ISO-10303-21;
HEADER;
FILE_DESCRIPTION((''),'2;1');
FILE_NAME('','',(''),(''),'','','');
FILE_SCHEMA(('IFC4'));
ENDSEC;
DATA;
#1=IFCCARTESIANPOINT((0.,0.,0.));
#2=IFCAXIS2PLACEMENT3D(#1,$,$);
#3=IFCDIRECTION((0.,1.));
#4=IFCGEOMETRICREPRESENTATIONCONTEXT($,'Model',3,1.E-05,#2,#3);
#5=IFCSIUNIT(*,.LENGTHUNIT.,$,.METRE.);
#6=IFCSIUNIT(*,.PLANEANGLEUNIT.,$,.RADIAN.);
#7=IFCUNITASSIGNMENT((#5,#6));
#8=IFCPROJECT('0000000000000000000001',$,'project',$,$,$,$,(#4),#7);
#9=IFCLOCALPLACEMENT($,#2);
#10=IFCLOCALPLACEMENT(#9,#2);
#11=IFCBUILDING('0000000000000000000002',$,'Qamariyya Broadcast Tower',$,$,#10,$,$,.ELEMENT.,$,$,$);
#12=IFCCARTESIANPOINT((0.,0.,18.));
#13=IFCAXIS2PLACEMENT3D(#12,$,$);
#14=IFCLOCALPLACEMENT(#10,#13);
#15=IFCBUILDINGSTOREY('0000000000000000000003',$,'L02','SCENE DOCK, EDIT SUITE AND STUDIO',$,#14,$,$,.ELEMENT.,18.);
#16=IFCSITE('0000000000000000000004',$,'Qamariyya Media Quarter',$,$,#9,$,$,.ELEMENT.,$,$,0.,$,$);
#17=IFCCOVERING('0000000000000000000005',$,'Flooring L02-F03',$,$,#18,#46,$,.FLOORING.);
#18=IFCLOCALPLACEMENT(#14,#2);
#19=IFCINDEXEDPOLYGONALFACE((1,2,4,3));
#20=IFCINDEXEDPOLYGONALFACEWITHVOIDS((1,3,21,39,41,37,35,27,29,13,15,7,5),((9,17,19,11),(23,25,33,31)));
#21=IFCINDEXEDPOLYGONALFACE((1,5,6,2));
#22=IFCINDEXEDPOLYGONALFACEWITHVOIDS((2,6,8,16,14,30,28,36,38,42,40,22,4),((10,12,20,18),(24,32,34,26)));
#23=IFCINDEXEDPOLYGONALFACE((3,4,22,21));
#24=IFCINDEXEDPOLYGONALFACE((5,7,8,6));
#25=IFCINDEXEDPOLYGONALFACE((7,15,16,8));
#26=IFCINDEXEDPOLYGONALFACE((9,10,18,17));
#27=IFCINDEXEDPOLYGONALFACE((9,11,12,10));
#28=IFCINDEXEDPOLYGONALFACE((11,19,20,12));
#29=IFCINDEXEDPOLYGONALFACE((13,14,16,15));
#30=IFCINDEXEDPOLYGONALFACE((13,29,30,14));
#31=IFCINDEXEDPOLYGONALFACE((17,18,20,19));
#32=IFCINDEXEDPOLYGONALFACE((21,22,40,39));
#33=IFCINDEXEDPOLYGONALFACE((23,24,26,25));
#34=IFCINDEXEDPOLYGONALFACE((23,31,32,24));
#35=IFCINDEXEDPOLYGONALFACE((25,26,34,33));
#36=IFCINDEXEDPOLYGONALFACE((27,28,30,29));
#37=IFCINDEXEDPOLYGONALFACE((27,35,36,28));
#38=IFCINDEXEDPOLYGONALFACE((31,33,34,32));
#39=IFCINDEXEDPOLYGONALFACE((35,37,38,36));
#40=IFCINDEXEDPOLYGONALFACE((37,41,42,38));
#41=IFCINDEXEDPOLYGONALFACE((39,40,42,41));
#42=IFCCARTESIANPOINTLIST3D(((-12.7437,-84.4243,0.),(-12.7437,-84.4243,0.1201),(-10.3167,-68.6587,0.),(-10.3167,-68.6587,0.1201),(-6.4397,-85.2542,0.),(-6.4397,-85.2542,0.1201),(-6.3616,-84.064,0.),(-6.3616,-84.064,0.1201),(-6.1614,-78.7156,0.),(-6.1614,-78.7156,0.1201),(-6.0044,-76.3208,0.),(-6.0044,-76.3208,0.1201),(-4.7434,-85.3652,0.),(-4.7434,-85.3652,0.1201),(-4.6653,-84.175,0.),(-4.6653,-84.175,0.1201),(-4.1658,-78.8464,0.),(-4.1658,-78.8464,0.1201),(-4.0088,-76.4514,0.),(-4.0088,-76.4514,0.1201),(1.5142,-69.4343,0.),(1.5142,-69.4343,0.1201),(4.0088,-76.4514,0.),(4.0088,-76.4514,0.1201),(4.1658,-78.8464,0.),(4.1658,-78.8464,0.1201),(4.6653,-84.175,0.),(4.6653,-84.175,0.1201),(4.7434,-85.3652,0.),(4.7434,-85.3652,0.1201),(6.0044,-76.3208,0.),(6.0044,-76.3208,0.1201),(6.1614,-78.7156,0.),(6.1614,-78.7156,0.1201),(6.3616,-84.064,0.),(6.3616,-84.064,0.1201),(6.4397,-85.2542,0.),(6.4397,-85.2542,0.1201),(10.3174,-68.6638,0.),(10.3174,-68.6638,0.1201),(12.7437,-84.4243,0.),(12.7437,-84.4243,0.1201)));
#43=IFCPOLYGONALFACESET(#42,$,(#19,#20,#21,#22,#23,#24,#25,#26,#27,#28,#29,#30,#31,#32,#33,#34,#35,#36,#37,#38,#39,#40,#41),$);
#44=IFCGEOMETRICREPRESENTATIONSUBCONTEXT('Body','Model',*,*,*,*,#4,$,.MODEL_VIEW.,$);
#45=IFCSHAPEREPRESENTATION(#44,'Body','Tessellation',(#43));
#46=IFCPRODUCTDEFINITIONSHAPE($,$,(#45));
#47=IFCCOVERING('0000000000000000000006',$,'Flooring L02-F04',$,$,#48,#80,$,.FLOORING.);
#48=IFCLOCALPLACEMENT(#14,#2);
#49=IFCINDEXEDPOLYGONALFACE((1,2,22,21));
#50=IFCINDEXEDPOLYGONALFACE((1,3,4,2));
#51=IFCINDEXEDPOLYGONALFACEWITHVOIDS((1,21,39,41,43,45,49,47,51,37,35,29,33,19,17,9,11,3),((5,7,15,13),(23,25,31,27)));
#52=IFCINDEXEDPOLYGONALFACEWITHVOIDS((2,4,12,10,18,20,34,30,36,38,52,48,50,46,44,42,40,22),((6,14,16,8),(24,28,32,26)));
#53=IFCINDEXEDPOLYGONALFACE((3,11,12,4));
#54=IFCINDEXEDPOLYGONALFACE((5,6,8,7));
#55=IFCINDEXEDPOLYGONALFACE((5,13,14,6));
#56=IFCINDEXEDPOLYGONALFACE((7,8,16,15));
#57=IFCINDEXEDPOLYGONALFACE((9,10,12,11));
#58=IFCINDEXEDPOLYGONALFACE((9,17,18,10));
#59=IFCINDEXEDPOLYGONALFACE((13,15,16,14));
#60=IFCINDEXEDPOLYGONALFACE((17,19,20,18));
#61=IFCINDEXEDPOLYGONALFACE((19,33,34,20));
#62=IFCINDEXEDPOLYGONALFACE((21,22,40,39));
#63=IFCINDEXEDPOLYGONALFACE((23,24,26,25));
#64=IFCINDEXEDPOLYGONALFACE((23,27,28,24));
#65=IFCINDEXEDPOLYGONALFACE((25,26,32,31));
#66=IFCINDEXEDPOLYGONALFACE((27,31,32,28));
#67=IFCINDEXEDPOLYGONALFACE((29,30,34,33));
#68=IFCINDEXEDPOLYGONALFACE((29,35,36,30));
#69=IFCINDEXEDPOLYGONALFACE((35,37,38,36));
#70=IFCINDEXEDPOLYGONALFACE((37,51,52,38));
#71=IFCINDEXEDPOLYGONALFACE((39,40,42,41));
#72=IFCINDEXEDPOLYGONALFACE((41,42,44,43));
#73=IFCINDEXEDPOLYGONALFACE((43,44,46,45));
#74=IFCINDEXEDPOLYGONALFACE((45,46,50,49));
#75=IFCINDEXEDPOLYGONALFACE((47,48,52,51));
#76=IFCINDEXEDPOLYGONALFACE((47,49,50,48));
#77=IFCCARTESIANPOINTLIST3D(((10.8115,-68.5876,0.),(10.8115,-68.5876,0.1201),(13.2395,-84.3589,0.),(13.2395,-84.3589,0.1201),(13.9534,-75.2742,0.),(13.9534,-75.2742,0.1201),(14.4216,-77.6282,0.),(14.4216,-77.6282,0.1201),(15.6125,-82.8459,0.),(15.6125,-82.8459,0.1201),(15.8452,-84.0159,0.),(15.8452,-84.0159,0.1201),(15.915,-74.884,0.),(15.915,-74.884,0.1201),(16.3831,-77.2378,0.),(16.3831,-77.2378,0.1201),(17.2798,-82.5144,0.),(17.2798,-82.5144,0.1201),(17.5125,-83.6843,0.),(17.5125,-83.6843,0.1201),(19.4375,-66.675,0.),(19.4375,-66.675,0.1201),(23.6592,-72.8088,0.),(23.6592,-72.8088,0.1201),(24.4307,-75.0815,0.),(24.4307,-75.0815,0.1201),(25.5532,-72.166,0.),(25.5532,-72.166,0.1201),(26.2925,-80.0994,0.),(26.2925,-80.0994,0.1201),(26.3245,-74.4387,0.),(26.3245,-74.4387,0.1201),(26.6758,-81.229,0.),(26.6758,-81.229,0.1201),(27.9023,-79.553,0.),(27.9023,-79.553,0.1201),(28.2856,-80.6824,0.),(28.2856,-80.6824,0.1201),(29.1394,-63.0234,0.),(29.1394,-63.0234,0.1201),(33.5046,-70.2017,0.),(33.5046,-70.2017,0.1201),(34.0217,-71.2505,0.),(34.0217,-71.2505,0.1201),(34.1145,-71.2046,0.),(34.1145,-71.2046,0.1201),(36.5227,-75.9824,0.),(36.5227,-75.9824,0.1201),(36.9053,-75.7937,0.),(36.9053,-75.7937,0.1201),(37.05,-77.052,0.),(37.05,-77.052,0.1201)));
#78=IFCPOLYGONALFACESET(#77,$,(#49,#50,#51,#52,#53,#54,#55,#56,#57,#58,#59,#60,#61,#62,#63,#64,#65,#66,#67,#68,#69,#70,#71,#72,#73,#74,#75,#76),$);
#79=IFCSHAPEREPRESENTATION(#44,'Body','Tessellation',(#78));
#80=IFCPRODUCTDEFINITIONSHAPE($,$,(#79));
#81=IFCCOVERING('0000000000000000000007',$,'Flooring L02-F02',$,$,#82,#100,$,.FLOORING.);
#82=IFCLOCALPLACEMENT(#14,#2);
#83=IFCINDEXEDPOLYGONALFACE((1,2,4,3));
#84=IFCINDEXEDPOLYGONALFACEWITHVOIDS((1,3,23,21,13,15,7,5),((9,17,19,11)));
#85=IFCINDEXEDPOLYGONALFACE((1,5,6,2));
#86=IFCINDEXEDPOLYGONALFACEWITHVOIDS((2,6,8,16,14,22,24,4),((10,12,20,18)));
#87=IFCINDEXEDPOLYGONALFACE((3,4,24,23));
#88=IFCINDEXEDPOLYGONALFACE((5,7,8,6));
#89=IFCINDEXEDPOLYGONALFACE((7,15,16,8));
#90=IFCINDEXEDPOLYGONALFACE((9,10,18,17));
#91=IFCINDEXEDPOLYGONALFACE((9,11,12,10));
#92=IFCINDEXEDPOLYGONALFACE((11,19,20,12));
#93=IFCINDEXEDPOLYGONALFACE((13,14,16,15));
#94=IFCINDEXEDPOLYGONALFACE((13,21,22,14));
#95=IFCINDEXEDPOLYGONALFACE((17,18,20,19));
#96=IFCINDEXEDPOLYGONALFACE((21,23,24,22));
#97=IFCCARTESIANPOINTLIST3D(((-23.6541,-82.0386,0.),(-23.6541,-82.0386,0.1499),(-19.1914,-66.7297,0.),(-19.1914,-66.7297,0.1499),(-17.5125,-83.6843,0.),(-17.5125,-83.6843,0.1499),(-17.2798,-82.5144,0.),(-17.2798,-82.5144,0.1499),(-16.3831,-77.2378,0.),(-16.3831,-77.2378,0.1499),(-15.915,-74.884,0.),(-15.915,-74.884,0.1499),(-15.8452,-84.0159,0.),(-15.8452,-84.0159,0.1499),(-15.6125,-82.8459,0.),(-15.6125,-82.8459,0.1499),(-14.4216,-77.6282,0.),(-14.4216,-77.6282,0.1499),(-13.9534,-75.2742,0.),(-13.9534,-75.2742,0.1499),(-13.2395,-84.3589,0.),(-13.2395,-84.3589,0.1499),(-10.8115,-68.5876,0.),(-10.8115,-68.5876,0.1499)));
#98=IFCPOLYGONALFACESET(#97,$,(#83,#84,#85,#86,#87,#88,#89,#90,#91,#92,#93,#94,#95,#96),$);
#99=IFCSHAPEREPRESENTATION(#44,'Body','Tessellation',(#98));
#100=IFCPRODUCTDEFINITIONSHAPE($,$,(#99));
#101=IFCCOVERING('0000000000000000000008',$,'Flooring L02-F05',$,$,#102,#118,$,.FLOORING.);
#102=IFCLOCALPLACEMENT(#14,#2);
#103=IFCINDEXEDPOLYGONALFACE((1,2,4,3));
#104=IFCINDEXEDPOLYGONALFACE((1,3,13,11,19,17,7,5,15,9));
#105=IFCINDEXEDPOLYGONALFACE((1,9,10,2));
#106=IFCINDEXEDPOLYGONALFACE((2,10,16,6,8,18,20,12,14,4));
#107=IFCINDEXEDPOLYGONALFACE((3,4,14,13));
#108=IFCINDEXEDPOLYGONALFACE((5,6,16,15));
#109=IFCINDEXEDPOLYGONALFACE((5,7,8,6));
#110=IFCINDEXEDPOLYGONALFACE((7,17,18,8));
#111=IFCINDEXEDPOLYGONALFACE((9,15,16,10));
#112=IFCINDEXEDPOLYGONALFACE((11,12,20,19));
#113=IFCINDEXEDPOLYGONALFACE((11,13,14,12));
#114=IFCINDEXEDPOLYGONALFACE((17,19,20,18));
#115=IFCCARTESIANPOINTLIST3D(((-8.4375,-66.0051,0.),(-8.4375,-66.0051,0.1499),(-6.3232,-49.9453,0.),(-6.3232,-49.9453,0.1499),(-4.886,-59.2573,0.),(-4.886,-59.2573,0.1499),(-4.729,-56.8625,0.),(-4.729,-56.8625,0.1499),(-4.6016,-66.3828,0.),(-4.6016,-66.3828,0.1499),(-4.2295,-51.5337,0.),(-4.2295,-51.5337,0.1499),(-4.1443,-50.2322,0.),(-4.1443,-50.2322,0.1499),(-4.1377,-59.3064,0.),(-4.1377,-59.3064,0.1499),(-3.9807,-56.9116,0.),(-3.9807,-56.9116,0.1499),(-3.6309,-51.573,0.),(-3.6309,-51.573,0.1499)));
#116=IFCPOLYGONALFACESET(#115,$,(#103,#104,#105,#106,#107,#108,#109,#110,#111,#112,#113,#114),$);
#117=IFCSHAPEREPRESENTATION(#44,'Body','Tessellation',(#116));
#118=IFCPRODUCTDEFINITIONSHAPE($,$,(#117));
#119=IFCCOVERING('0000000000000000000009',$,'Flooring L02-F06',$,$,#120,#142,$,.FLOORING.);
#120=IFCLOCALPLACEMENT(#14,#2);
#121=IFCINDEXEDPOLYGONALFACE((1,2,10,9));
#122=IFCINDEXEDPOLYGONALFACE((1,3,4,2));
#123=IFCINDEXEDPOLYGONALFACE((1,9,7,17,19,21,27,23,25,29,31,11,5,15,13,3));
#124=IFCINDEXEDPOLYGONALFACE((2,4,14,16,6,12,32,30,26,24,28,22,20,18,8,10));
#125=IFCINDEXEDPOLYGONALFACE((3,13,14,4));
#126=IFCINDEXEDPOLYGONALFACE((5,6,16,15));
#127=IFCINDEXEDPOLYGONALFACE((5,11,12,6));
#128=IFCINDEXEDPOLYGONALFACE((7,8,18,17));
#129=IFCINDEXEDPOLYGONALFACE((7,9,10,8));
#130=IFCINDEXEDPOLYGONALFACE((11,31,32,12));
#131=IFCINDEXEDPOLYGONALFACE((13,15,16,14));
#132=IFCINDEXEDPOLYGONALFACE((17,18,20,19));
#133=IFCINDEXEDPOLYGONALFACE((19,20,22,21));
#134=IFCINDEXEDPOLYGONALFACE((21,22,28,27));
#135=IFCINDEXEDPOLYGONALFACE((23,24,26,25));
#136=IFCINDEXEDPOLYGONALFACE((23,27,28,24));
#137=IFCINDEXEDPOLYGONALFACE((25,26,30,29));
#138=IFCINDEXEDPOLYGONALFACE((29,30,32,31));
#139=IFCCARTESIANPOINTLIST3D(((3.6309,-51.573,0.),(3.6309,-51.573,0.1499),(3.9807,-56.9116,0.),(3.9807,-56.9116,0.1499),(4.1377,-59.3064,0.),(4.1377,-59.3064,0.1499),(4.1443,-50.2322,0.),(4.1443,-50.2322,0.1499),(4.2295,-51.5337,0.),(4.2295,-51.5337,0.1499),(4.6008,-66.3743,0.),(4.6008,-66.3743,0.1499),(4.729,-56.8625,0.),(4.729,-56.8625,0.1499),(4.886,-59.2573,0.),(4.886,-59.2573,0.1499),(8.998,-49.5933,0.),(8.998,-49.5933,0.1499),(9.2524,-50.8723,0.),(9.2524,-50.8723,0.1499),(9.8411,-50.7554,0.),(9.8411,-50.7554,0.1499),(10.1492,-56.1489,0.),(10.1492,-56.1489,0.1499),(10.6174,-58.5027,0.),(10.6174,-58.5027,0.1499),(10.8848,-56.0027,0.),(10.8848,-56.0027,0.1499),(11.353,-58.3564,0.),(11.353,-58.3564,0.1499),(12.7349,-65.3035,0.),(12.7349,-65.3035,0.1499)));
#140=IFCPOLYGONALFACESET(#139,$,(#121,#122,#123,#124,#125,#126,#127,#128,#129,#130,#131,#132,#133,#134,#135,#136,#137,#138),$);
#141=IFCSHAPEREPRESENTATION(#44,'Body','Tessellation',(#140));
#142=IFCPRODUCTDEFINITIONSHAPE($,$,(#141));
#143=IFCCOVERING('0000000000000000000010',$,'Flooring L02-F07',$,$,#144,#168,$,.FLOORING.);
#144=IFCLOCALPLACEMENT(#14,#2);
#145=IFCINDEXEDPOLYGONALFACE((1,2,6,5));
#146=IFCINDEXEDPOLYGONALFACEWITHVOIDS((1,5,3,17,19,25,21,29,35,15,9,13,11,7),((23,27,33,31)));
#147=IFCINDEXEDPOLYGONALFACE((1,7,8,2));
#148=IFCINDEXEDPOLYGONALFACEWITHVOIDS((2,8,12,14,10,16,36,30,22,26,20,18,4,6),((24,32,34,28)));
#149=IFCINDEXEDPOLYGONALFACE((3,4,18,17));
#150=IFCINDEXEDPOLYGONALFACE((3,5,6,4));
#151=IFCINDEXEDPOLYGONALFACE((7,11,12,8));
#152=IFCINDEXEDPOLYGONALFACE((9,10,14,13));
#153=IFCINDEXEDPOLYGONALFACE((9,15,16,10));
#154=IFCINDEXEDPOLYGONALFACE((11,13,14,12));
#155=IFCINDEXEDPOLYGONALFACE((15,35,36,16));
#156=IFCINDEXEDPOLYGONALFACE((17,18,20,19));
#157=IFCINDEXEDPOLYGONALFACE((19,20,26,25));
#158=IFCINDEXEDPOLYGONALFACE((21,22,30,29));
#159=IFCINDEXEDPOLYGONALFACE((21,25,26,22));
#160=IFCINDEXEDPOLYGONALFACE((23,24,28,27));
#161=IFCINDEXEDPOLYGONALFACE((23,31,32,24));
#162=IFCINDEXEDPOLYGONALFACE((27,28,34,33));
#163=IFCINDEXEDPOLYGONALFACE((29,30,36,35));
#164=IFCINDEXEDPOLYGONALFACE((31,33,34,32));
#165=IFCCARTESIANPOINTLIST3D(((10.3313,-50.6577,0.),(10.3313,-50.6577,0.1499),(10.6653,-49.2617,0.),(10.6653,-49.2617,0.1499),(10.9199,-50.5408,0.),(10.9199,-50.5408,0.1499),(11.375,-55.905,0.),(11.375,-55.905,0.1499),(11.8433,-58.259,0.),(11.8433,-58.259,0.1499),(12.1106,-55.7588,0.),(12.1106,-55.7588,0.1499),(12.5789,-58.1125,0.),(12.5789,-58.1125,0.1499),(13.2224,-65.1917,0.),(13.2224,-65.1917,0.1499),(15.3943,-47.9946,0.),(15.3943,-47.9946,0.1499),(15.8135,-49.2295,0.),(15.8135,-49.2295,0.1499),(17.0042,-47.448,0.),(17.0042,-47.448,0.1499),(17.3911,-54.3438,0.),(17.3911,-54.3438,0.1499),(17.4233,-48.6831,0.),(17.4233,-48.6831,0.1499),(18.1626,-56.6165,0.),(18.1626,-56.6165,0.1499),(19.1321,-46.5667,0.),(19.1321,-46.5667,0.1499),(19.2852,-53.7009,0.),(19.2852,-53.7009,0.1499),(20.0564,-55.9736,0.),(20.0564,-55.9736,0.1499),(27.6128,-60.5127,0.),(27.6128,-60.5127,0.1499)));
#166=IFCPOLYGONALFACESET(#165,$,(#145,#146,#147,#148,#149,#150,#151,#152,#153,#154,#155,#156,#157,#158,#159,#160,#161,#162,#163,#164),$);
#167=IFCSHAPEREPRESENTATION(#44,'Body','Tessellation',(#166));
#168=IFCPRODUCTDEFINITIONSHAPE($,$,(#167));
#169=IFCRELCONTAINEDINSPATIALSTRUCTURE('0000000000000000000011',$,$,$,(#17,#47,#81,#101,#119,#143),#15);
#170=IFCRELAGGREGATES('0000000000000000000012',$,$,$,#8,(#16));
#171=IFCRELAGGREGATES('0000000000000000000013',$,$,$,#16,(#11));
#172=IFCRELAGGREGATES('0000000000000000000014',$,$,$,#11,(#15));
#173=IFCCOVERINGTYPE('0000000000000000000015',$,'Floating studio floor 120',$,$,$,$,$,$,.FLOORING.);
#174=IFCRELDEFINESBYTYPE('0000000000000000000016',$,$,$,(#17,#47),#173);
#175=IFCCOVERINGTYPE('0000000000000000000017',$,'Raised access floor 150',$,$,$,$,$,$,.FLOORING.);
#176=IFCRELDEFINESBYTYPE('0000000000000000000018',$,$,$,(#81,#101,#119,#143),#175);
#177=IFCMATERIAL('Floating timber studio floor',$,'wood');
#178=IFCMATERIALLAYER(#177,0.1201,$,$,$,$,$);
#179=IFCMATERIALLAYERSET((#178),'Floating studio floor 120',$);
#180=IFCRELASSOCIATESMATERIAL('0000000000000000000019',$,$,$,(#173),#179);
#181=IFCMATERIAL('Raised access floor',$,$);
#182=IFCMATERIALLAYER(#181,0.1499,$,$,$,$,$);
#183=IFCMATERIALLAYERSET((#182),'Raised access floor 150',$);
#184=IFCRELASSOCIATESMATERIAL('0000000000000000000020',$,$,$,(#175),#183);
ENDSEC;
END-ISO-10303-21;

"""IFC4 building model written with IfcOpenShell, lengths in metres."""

from ifc_helpers import new_model, si_unit, direction, frame, origin, place, context, subcontext, project, spatial, polyline, outline, extrude, material, layer, layer_set, type_object, element, save


model = new_model("IFC4")

# Units and contexts
model_context = context("Model", 3, precision=1e-05, world=origin(), true_north=direction((0.0, 1.0)))
body_context = subcontext(model_context, "Body", "Model", "MODEL_VIEW")
ifc_project = project(units=[si_unit("LENGTHUNIT", "METRE"), si_unit("PLANEANGLEUNIT", "RADIAN")], contexts=[model_context])

# Site, building, storey
site_placement = place(None, origin())
site = spatial("IfcSite", under=ifc_project, at=site_placement, Name="Qamariyya Media Quarter", CompositionType="ELEMENT", RefElevation=0.0)
building_placement = place(site_placement, origin())
building = spatial("IfcBuilding", under=site, at=building_placement, Name="Qamariyya Broadcast Tower", CompositionType="ELEMENT")
storey_placement = place(building_placement, frame((0.0, 0.0, 18.0)))
storey = spatial("IfcBuildingStorey", under=building, at=storey_placement, Name="L02", Description="SCENE DOCK, EDIT SUITE AND STUDIO", CompositionType="ELEMENT", Elevation=18.0)

# Coverings
ifc_material_1 = material(Name="Floating timber studio floor", Category="wood")
ifc_layer_1 = layer(ifc_material_1, 0.1201)
ifc_layer_set_1 = layer_set([ifc_layer_1], Name="Floating studio floor 120")
covering_type_1 = type_object("IfcCoveringType", Name="Floating studio floor 120", PredefinedType="FLOORING", material=ifc_layer_set_1)
covering_1_placement = place(storey_placement, origin())
element("IfcCovering", 1, at=covering_1_placement, inside=storey, type_object=covering_type_1, Name="Flooring L02-F03", PredefinedType="FLOORING", context=body_context, shape_type="SweptSolid", body=[
    extrude(outline(polyline([(10.3174, -68.6638), (12.7437, -84.4243), (6.4397, -85.2542), (6.3616, -84.064), (4.6653, -84.175), (4.7434, -85.3652), (-4.7434, -85.3652), (-4.6653, -84.175), (-6.3616, -84.064), (-6.4397, -85.2542), (-12.7437, -84.4243), (-10.3167, -68.6587), (1.5142, -69.4343), (10.3174, -68.6638)]), holes=[polyline([(4.1658, -78.8464), (6.1614, -78.7156), (6.0044, -76.3208), (4.0088, -76.4514), (4.1658, -78.8464)]), polyline([(-6.0044, -76.3208), (-6.1614, -78.7156), (-4.1658, -78.8464), (-4.0088, -76.4514), (-6.0044, -76.3208)])]), origin(), (0.0, 0.0, 1.0), 0.1201),
])
covering_2_placement = place(storey_placement, origin())
element("IfcCovering", 2, at=covering_2_placement, inside=storey, type_object=covering_type_1, Name="Flooring L02-F04", PredefinedType="FLOORING", context=body_context, shape_type="SweptSolid", body=[
    extrude(outline(polyline([(29.1394, -63.0234), (33.5046, -70.2017), (34.0217, -71.2505), (34.1145, -71.2046), (36.9053, -75.7937), (36.5227, -75.9824), (37.05, -77.052), (28.2856, -80.6824), (27.9023, -79.553), (26.2925, -80.0994), (26.6758, -81.229), (17.5125, -83.6843), (17.2798, -82.5144), (15.6125, -82.8459), (15.8452, -84.0159), (13.2395, -84.3589), (10.8115, -68.5876), (19.4375, -66.675), (29.1394, -63.0234)]), holes=[polyline([(24.4307, -75.0815), (26.3245, -74.4387), (25.5532, -72.166), (23.6592, -72.8088), (24.4307, -75.0815)]), polyline([(13.9534, -75.2742), (14.4216, -77.6282), (16.3831, -77.2378), (15.915, -74.884), (13.9534, -75.2742)])]), origin(), (0.0, 0.0, 1.0), 0.1201),
])
ifc_material_2 = material(Name="Raised access floor")
ifc_layer_2 = layer(ifc_material_2, 0.1499)
ifc_layer_set_2 = layer_set([ifc_layer_2], Name="Raised access floor 150")
covering_type_2 = type_object("IfcCoveringType", Name="Raised access floor 150", PredefinedType="FLOORING", material=ifc_layer_set_2)
covering_3_placement = place(storey_placement, origin())
element("IfcCovering", 3, at=covering_3_placement, inside=storey, type_object=covering_type_2, Name="Flooring L02-F02", PredefinedType="FLOORING", context=body_context, shape_type="SweptSolid", body=[
    extrude(outline(polyline([(-13.2395, -84.3589), (-15.8452, -84.0159), (-15.6125, -82.8459), (-17.2798, -82.5144), (-17.5125, -83.6843), (-23.6541, -82.0386), (-19.1914, -66.7297), (-10.8115, -68.5876), (-13.2395, -84.3589)]), holes=[polyline([(-16.3831, -77.2378), (-14.4216, -77.6282), (-13.9534, -75.2742), (-15.915, -74.884), (-16.3831, -77.2378)])]), origin(), (0.0, 0.0, 1.0), 0.1499),
])
covering_4_placement = place(storey_placement, origin())
element("IfcCovering", 4, at=covering_4_placement, inside=storey, type_object=covering_type_2, Name="Flooring L02-F05", PredefinedType="FLOORING", context=body_context, shape_type="SweptSolid", body=[
    extrude(outline(polyline([(-6.3232, -49.9453), (-4.1443, -50.2322), (-4.2295, -51.5337), (-3.6309, -51.573), (-3.9807, -56.9116), (-4.729, -56.8625), (-4.886, -59.2573), (-4.1377, -59.3064), (-4.6016, -66.3828), (-8.4375, -66.0051), (-6.3232, -49.9453)])), origin(), (0.0, 0.0, 1.0), 0.1499),
])
covering_5_placement = place(storey_placement, origin())
element("IfcCovering", 5, at=covering_5_placement, inside=storey, type_object=covering_type_2, Name="Flooring L02-F06", PredefinedType="FLOORING", context=body_context, shape_type="SweptSolid", body=[
    extrude(outline(polyline([(4.1377, -59.3064), (4.886, -59.2573), (4.729, -56.8625), (3.9807, -56.9116), (3.6309, -51.573), (4.2295, -51.5337), (4.1443, -50.2322), (8.998, -49.5933), (9.2524, -50.8723), (9.8411, -50.7554), (10.8848, -56.0027), (10.1492, -56.1489), (10.6174, -58.5027), (11.353, -58.3564), (12.7349, -65.3035), (4.6008, -66.3743), (4.1377, -59.3064)])), origin(), (0.0, 0.0, 1.0), 0.1499),
])
covering_6_placement = place(storey_placement, origin())
element("IfcCovering", 6, at=covering_6_placement, inside=storey, type_object=covering_type_2, Name="Flooring L02-F07", PredefinedType="FLOORING", context=body_context, shape_type="SweptSolid", body=[
    extrude(outline(polyline([(13.2224, -65.1917), (11.8433, -58.259), (12.5789, -58.1125), (12.1106, -55.7588), (11.375, -55.905), (10.3313, -50.6577), (10.9199, -50.5408), (10.6653, -49.2617), (15.3943, -47.9946), (15.8135, -49.2295), (17.4233, -48.6831), (17.0042, -47.448), (19.1321, -46.5667), (27.6128, -60.5127), (13.2224, -65.1917)]), holes=[polyline([(17.3911, -54.3438), (18.1626, -56.6165), (20.0564, -55.9736), (19.2852, -53.7009), (17.3911, -54.3438)])]), origin(), (0.0, 0.0, 1.0), 0.1499),
])

save(model, "model.ifc")
